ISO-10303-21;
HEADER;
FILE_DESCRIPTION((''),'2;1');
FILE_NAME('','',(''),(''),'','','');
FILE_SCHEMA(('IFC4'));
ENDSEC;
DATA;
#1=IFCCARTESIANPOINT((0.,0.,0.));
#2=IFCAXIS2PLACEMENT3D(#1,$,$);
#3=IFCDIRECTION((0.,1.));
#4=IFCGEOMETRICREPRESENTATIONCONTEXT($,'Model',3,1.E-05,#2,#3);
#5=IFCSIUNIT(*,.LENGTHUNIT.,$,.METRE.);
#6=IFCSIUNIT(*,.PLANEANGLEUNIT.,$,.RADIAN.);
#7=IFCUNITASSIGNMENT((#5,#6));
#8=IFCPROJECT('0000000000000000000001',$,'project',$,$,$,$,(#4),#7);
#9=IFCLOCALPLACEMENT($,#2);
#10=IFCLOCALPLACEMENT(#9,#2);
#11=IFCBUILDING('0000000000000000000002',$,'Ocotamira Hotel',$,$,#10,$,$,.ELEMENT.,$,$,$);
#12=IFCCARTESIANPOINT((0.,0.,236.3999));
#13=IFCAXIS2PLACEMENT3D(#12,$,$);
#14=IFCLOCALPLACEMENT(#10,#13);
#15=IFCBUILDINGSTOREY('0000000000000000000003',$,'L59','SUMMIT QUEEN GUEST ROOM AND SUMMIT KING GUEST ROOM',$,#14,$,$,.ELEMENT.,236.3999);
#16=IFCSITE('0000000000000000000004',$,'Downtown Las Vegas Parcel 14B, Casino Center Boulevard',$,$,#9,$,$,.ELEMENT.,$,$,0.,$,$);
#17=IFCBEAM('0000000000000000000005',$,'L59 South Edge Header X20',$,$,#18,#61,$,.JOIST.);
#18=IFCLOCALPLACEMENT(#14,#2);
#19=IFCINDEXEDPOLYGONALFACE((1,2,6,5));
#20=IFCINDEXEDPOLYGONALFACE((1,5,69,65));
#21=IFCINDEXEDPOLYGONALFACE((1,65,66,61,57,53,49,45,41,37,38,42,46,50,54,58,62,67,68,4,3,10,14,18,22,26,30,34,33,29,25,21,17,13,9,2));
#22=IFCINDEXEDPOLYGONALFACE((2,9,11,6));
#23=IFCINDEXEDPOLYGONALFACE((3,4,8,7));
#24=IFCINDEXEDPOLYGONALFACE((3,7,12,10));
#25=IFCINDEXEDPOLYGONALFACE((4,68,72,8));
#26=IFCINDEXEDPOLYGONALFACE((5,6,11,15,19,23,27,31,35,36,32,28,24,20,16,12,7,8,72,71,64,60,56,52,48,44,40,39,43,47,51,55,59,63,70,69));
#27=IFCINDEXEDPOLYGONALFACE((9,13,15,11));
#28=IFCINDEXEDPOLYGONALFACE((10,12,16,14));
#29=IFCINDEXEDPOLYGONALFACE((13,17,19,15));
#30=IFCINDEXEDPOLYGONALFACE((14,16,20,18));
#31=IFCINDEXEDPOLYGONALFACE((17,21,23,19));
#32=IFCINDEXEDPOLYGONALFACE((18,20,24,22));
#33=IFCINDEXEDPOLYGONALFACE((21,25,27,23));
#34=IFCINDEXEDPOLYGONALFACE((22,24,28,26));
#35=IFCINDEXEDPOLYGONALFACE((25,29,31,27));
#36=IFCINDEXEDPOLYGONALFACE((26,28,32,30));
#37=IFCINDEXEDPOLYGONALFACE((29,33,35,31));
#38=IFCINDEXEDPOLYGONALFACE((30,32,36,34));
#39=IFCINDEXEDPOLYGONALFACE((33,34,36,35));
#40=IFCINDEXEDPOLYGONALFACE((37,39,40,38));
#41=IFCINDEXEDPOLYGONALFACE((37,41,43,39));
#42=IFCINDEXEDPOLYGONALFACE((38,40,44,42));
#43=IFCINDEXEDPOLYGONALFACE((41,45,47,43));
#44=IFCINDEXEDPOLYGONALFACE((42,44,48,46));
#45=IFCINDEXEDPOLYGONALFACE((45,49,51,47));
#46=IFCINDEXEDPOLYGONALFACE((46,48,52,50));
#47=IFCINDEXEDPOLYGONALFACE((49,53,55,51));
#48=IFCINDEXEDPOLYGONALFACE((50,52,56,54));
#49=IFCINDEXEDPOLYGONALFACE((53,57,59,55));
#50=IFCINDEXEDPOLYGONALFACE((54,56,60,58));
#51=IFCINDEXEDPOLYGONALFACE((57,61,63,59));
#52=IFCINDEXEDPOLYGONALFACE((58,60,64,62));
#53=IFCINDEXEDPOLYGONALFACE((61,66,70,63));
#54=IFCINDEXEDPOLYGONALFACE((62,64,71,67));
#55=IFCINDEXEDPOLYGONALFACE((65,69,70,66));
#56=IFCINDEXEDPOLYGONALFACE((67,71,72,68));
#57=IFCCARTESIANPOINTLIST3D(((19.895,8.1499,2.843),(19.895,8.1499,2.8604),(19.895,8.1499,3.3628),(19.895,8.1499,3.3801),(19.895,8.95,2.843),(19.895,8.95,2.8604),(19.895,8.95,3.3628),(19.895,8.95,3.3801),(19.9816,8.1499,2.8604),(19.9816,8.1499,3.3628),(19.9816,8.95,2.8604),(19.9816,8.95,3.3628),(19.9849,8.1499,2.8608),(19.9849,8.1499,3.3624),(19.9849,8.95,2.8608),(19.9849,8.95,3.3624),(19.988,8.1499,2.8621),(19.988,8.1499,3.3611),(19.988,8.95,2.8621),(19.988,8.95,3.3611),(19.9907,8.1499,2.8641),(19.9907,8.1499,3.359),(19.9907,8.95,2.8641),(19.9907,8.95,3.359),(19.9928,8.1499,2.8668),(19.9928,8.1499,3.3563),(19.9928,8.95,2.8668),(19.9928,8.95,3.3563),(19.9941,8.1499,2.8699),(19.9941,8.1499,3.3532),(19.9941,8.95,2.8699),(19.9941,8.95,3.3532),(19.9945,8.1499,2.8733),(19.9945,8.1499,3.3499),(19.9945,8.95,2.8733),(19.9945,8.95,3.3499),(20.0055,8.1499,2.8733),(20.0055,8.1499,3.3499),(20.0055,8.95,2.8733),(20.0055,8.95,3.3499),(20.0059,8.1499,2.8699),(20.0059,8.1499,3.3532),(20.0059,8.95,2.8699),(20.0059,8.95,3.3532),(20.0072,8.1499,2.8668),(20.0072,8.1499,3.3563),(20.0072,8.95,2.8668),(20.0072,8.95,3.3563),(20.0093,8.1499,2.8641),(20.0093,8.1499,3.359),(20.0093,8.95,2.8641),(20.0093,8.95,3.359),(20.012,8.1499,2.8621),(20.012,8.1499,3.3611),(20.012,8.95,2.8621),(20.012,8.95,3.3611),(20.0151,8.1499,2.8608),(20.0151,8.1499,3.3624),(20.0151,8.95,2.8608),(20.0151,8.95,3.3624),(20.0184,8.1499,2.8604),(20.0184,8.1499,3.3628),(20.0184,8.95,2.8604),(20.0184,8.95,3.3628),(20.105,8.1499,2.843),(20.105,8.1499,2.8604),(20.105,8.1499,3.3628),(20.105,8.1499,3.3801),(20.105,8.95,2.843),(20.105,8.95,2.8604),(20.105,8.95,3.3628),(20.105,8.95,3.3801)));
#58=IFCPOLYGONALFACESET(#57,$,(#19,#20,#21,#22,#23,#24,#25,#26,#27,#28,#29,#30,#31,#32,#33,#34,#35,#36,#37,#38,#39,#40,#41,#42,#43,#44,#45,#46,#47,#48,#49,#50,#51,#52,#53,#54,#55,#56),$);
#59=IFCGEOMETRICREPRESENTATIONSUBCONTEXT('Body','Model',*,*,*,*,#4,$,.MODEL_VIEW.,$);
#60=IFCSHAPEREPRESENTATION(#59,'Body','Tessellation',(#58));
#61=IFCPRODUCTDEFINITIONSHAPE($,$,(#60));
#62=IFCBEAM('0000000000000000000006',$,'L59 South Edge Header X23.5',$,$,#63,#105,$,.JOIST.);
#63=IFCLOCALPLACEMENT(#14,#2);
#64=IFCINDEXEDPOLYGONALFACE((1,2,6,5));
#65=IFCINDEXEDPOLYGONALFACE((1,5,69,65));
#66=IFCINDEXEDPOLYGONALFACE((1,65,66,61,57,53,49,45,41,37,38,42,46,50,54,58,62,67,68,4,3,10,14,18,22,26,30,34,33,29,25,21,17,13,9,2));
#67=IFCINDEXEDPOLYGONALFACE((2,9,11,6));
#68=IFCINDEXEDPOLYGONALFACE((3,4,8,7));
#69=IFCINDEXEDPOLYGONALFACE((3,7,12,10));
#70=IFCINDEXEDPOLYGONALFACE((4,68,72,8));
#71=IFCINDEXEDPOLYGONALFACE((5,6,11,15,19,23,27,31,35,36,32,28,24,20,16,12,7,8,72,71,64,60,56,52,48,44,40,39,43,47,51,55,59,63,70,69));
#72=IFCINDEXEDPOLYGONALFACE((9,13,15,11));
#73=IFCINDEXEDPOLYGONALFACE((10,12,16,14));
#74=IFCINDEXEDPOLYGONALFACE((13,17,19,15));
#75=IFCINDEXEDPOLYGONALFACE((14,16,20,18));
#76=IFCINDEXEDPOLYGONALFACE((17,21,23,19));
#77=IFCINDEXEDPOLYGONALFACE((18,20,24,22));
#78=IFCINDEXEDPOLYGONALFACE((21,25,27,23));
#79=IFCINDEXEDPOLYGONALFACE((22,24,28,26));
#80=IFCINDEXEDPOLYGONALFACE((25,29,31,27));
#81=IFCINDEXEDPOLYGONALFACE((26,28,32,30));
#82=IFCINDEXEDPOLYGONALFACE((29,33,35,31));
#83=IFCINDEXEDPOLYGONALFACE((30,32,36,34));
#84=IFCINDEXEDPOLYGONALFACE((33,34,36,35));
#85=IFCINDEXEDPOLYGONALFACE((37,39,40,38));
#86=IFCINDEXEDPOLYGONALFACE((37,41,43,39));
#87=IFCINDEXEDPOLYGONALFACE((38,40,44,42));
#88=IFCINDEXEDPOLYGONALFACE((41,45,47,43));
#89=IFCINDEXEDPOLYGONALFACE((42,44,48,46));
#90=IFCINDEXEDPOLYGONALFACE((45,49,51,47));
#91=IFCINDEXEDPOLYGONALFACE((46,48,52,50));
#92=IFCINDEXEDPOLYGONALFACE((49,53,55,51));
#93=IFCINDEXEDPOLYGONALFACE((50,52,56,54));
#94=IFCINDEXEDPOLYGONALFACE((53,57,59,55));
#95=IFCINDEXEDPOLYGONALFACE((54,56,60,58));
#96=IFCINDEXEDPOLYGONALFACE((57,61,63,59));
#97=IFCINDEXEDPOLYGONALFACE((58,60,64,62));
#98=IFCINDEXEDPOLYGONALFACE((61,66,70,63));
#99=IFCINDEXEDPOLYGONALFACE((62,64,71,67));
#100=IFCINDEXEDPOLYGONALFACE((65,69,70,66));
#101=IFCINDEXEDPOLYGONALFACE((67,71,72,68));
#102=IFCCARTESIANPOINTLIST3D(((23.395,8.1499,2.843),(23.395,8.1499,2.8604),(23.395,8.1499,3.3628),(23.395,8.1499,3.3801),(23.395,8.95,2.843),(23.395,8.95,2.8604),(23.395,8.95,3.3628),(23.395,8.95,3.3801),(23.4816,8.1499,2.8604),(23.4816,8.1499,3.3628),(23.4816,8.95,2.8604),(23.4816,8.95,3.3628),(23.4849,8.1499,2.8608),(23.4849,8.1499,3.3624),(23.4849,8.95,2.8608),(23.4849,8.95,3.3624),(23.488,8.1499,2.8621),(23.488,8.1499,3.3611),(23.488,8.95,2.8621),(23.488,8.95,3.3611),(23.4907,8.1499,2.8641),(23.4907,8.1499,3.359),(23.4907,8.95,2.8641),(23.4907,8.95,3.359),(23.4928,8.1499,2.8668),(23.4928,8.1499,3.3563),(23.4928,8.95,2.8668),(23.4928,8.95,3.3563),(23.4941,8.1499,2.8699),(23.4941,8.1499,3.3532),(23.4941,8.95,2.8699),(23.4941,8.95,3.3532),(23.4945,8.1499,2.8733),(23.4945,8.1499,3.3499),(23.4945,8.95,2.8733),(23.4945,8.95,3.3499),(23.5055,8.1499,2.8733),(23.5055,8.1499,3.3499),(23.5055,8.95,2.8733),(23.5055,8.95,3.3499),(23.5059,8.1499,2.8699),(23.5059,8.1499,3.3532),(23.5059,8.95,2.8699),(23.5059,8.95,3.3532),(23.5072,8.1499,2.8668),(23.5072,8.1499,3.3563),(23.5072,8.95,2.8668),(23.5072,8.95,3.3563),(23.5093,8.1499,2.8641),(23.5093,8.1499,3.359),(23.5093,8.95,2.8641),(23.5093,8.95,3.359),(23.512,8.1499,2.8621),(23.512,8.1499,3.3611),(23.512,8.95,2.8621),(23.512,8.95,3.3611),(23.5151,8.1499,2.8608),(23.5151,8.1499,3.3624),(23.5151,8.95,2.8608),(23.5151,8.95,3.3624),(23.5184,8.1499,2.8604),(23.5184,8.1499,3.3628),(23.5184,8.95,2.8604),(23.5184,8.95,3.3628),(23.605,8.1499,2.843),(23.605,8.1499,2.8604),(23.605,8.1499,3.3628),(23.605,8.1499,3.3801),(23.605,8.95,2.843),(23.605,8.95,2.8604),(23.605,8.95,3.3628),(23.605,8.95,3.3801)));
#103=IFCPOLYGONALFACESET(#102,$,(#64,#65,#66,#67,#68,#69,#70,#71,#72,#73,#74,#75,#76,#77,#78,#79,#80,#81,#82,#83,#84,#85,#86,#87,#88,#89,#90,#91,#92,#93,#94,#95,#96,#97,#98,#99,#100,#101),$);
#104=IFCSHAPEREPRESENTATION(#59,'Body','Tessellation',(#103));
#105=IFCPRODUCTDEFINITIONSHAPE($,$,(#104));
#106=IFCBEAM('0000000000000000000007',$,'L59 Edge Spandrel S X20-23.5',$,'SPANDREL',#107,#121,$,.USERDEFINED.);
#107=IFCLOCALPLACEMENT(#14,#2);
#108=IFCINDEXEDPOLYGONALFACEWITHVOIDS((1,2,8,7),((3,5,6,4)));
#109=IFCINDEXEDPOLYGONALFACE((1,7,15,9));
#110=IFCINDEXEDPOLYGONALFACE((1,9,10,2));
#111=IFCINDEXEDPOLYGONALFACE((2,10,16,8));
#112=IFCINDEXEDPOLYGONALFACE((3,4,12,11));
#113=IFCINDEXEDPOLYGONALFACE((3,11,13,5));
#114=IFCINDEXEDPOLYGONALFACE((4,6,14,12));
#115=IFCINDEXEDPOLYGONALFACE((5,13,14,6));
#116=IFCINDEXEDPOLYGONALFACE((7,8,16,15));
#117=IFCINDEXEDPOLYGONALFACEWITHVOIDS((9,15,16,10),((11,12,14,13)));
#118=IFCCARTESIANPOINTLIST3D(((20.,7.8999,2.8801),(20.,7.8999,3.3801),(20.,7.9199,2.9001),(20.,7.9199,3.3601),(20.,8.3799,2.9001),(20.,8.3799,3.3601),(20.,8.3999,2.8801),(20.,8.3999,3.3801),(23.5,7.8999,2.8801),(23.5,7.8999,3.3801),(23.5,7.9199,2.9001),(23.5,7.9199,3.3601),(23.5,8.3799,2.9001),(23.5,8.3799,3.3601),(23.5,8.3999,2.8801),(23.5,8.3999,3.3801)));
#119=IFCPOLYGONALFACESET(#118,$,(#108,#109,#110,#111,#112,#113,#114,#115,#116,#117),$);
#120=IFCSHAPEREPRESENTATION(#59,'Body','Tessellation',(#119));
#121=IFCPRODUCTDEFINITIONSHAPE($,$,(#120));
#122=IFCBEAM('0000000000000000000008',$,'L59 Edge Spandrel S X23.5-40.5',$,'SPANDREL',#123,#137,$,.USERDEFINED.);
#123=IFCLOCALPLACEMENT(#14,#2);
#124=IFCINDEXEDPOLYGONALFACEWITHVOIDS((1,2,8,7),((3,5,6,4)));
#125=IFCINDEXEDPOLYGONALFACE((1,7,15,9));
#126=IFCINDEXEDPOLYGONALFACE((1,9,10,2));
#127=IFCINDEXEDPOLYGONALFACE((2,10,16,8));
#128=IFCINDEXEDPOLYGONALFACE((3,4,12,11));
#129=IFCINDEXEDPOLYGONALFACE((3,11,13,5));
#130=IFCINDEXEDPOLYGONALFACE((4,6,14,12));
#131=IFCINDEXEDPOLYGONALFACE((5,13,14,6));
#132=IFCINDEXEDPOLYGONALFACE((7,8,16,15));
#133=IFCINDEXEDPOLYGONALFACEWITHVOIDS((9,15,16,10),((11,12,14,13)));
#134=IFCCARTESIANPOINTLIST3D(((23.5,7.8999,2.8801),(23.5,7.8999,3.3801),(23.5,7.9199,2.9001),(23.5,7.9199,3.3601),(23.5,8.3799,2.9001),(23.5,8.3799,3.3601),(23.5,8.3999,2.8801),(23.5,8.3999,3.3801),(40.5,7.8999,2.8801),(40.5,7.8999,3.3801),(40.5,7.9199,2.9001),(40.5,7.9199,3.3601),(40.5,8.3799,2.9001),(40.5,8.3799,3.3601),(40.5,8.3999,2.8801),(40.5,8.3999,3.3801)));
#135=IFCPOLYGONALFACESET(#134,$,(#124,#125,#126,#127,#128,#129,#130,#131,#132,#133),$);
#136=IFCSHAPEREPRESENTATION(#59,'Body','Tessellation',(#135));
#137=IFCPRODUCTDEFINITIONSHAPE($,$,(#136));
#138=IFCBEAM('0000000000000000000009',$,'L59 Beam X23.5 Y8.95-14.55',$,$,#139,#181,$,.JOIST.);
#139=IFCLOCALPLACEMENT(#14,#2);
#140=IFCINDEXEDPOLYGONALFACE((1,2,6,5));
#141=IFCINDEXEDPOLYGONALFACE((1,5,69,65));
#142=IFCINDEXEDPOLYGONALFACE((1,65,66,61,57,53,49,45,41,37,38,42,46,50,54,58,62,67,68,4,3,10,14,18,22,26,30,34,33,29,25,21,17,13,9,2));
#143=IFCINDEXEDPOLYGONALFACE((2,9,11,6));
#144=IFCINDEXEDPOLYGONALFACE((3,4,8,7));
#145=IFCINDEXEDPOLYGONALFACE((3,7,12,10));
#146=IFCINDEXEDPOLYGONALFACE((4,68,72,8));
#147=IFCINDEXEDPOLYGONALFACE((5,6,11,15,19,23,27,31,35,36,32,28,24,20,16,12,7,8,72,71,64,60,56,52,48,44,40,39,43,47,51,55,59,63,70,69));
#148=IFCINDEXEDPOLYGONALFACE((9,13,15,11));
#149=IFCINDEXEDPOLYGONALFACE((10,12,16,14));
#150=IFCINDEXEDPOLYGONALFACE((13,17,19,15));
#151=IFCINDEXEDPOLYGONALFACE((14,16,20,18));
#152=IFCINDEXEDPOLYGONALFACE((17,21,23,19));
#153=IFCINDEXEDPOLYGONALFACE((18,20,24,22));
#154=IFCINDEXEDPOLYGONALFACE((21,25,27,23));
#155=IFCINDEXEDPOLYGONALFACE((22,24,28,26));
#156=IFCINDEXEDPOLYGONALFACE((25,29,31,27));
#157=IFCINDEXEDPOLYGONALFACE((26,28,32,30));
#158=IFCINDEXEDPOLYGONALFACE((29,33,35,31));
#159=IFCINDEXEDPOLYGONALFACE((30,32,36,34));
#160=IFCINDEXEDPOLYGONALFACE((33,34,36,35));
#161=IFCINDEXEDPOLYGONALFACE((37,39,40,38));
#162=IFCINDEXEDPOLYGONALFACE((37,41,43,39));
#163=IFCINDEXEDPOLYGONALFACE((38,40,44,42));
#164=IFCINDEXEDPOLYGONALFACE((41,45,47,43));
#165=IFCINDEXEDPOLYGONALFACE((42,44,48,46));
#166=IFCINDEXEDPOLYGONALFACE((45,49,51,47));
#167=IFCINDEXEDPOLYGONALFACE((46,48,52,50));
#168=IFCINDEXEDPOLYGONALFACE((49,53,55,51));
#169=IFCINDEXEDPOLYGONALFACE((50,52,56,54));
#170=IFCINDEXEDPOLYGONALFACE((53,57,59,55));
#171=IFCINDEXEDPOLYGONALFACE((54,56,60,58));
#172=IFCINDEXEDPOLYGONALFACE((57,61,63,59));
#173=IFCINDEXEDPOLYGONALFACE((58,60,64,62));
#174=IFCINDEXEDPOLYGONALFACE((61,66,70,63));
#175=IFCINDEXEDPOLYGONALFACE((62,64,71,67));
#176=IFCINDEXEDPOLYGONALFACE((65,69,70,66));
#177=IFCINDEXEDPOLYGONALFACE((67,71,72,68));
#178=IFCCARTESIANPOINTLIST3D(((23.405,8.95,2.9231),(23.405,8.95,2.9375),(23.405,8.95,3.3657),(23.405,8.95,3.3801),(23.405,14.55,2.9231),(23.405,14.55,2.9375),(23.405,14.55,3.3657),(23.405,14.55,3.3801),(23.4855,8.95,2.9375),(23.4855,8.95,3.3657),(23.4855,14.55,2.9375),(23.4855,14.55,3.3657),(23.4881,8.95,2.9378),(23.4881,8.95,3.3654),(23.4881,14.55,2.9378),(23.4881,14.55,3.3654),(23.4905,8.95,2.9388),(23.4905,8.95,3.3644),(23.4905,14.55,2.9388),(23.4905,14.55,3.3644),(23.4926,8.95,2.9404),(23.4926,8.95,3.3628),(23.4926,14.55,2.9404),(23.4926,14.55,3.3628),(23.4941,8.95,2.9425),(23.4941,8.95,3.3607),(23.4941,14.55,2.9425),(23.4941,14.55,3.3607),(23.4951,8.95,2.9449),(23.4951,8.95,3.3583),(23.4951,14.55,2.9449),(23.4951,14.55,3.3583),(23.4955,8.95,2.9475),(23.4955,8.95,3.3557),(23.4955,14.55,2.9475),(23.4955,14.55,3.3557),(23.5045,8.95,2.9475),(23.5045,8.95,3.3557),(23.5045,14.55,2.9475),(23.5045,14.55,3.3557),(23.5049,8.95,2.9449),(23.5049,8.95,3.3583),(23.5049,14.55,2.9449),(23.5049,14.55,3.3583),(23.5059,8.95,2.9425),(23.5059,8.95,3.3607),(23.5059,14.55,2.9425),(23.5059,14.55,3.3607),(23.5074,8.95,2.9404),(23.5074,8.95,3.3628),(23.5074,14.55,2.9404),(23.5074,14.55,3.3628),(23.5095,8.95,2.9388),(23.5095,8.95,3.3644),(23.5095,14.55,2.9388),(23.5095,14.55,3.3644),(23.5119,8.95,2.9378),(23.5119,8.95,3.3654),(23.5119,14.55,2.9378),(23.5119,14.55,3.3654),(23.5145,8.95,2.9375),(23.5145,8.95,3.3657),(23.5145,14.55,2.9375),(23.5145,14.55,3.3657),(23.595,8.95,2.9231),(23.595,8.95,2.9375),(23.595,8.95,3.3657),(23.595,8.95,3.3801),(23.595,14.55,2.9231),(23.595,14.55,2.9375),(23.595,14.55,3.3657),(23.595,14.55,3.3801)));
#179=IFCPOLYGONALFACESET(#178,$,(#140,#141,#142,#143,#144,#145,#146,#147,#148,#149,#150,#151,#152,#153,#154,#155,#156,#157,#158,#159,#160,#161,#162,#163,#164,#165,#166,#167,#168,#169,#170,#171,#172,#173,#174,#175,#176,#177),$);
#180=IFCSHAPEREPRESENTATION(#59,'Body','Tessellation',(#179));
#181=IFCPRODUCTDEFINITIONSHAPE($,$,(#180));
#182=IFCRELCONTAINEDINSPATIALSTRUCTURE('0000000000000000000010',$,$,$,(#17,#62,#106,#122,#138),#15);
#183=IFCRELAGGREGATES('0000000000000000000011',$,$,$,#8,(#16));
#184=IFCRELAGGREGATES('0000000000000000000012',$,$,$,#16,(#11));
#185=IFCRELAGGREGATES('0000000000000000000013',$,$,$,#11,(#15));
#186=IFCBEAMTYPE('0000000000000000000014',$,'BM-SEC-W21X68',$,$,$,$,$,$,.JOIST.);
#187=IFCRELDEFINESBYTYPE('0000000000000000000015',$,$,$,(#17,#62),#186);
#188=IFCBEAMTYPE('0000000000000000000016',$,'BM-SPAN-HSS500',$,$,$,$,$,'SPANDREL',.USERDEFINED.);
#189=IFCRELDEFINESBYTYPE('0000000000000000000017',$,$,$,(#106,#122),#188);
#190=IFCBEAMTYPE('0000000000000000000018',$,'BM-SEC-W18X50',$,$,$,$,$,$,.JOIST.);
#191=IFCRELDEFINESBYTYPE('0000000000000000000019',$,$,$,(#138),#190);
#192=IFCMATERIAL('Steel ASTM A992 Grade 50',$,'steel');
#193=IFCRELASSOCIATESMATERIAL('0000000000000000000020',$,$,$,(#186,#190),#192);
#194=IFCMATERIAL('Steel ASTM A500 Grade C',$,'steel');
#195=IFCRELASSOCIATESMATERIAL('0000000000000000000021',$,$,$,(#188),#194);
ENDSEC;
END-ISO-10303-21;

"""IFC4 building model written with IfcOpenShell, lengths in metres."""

from ifc_helpers import new_model, si_unit, direction, frame, origin, origin_2d, place, context, subcontext, project, spatial, hollow_rectangle, i_section, extrude, source, transform, mapped, material, material_profile, profile_set, type_object, element, save


model = new_model("IFC4")

# Units and contexts
model_context = context("Model", 3, precision=1e-05, world=origin(), true_north=direction((0.0, 1.0)))
body_context = subcontext(model_context, "Body", "Model", "MODEL_VIEW")
ifc_project = project(units=[si_unit("LENGTHUNIT", "METRE"), si_unit("PLANEANGLEUNIT", "RADIAN")], contexts=[model_context])

# Site, building, storey
site_placement = place(None, origin())
site = spatial("IfcSite", under=ifc_project, at=site_placement, Name="Downtown Las Vegas Parcel 14B, Casino Center Boulevard", CompositionType="ELEMENT", RefElevation=0.0)
building_placement = place(site_placement, origin())
building = spatial("IfcBuilding", under=site, at=building_placement, Name="Ocotamira Hotel", CompositionType="ELEMENT")
storey_placement = place(building_placement, frame((0.0, 0.0, 236.3999)))
storey = spatial("IfcBuildingStorey", under=building, at=storey_placement, Name="L59", Description="SUMMIT QUEEN GUEST ROOM AND SUMMIT KING GUEST ROOM", CompositionType="ELEMENT", Elevation=236.3999)

# Shared definitions
ifc_material_1 = material(Name="Steel ASTM A992 Grade 50", Category="steel")

# Beams
ifc_material_profile_1 = material_profile(ifc_material_1, i_section(OverallWidth=0.21, OverallDepth=0.5371, WebThickness=0.011, FlangeThickness=0.0173, FilletRadius=0.0129, at=origin_2d()), Name="W21X68")
ifc_profile_set_1 = profile_set([ifc_material_profile_1], Name="Steel ASTM A992 Grade 50")
beam_type_1 = type_object("IfcBeamType", Name="BM-SEC-W21X68", PredefinedType="JOIST", material=ifc_profile_set_1)
shared_shape_1 = source(origin(), body_context, "Body", "SweptSolid", [
    extrude(i_section(OverallWidth=0.21, OverallDepth=0.5371, WebThickness=0.011, FlangeThickness=0.0173, FilletRadius=0.0129, at=origin_2d()), origin(), (0.0, 0.0, 1.0), 0.8),
])
for number, where, z_axis, x_axis, name in (
    (1, (20.0, 8.95, 3.1116), (0.0, -1.0, 0.0), (1.0, 0.0, 0.0), "L59 South Edge Header X20"),
    (2, (23.5, 8.95, 3.1116), (0.0, -1.0, 0.0), (1.0, 0.0, 0.0), "L59 South Edge Header X23.5"),
):
    element("IfcBeam", number, at=place(storey_placement, frame(where, z_axis=z_axis, x_axis=x_axis)), inside=storey, type_object=beam_type_1, Name=name, PredefinedType="JOIST", context=body_context, shape_type="MappedRepresentation", body=[
        mapped(shared_shape_1, transform((0.0, 0.0, 0.0), scale=1.0)),
    ])
ifc_material_2 = material(Name="Steel ASTM A500 Grade C", Category="steel")
ifc_material_profile_2 = material_profile(ifc_material_2, hollow_rectangle(XDim=0.5, YDim=0.5, WallThickness=0.02, at=origin_2d()), Name="HSS500X500X20")
ifc_profile_set_2 = profile_set([ifc_material_profile_2], Name="Steel ASTM A500 Grade C")
beam_type_2 = type_object("IfcBeamType", Name="BM-SPAN-HSS500", ElementType="SPANDREL", PredefinedType="USERDEFINED", material=ifc_profile_set_2)
shared_shape_2 = source(origin(), body_context, "Body", "SweptSolid", [
    extrude(hollow_rectangle(XDim=0.5, YDim=0.5, WallThickness=0.02, at=origin_2d()), origin(), (0.0, 0.0, 1.0), 3.5),
])
beam_1_placement = place(storey_placement, frame((20.0, 8.1499, 3.1301), z_axis=(1.0, 0.0, 0.0), x_axis=(0.0, 1.0, 0.0)))
element("IfcBeam", 3, at=beam_1_placement, inside=storey, type_object=beam_type_2, Name="L59 Edge Spandrel S X20-23.5", ObjectType="SPANDREL", PredefinedType="USERDEFINED", context=body_context, shape_type="MappedRepresentation", body=[
    mapped(shared_shape_2, transform((0.0, 0.0, 0.0), scale=1.0)),
])
shared_shape_3 = source(origin(), body_context, "Body", "SweptSolid", [
    extrude(hollow_rectangle(XDim=0.5, YDim=0.5, WallThickness=0.02, at=origin_2d()), origin(), (0.0, 0.0, 1.0), 17.0),
])
beam_2_placement = place(storey_placement, frame((23.5, 8.1499, 3.1301), z_axis=(1.0, 0.0, 0.0), x_axis=(0.0, 1.0, 0.0)))
element("IfcBeam", 4, at=beam_2_placement, inside=storey, type_object=beam_type_2, Name="L59 Edge Spandrel S X23.5-40.5", ObjectType="SPANDREL", PredefinedType="USERDEFINED", context=body_context, shape_type="MappedRepresentation", body=[
    mapped(shared_shape_3, transform((0.0, 0.0, 0.0), scale=1.0)),
])
ifc_material_profile_3 = material_profile(ifc_material_1, i_section(OverallWidth=0.1899, OverallDepth=0.457, WebThickness=0.009, FlangeThickness=0.0144, FilletRadius=0.01, at=origin_2d()), Name="W18X50")
ifc_profile_set_3 = profile_set([ifc_material_profile_3], Name="Steel ASTM A992 Grade 50")
beam_type_3 = type_object("IfcBeamType", Name="BM-SEC-W18X50", PredefinedType="JOIST", material=ifc_profile_set_3)
shared_shape_4 = source(origin(), body_context, "Body", "SweptSolid", [
    extrude(i_section(OverallWidth=0.1899, OverallDepth=0.457, WebThickness=0.009, FlangeThickness=0.0144, FilletRadius=0.01, at=origin_2d()), origin(), (0.0, 0.0, 1.0), 5.6001),
])
beam_3_placement = place(storey_placement, frame((23.5, 8.95, 3.1516), z_axis=(0.0, 1.0, 0.0), x_axis=(-1.0, 0.0, 0.0)))
element("IfcBeam", 5, at=beam_3_placement, inside=storey, type_object=beam_type_3, Name="L59 Beam X23.5 Y8.95-14.55", PredefinedType="JOIST", context=body_context, shape_type="MappedRepresentation", body=[
    mapped(shared_shape_4, transform((0.0, 0.0, 0.0), scale=1.0)),
])

save(model, "model.ifc")
